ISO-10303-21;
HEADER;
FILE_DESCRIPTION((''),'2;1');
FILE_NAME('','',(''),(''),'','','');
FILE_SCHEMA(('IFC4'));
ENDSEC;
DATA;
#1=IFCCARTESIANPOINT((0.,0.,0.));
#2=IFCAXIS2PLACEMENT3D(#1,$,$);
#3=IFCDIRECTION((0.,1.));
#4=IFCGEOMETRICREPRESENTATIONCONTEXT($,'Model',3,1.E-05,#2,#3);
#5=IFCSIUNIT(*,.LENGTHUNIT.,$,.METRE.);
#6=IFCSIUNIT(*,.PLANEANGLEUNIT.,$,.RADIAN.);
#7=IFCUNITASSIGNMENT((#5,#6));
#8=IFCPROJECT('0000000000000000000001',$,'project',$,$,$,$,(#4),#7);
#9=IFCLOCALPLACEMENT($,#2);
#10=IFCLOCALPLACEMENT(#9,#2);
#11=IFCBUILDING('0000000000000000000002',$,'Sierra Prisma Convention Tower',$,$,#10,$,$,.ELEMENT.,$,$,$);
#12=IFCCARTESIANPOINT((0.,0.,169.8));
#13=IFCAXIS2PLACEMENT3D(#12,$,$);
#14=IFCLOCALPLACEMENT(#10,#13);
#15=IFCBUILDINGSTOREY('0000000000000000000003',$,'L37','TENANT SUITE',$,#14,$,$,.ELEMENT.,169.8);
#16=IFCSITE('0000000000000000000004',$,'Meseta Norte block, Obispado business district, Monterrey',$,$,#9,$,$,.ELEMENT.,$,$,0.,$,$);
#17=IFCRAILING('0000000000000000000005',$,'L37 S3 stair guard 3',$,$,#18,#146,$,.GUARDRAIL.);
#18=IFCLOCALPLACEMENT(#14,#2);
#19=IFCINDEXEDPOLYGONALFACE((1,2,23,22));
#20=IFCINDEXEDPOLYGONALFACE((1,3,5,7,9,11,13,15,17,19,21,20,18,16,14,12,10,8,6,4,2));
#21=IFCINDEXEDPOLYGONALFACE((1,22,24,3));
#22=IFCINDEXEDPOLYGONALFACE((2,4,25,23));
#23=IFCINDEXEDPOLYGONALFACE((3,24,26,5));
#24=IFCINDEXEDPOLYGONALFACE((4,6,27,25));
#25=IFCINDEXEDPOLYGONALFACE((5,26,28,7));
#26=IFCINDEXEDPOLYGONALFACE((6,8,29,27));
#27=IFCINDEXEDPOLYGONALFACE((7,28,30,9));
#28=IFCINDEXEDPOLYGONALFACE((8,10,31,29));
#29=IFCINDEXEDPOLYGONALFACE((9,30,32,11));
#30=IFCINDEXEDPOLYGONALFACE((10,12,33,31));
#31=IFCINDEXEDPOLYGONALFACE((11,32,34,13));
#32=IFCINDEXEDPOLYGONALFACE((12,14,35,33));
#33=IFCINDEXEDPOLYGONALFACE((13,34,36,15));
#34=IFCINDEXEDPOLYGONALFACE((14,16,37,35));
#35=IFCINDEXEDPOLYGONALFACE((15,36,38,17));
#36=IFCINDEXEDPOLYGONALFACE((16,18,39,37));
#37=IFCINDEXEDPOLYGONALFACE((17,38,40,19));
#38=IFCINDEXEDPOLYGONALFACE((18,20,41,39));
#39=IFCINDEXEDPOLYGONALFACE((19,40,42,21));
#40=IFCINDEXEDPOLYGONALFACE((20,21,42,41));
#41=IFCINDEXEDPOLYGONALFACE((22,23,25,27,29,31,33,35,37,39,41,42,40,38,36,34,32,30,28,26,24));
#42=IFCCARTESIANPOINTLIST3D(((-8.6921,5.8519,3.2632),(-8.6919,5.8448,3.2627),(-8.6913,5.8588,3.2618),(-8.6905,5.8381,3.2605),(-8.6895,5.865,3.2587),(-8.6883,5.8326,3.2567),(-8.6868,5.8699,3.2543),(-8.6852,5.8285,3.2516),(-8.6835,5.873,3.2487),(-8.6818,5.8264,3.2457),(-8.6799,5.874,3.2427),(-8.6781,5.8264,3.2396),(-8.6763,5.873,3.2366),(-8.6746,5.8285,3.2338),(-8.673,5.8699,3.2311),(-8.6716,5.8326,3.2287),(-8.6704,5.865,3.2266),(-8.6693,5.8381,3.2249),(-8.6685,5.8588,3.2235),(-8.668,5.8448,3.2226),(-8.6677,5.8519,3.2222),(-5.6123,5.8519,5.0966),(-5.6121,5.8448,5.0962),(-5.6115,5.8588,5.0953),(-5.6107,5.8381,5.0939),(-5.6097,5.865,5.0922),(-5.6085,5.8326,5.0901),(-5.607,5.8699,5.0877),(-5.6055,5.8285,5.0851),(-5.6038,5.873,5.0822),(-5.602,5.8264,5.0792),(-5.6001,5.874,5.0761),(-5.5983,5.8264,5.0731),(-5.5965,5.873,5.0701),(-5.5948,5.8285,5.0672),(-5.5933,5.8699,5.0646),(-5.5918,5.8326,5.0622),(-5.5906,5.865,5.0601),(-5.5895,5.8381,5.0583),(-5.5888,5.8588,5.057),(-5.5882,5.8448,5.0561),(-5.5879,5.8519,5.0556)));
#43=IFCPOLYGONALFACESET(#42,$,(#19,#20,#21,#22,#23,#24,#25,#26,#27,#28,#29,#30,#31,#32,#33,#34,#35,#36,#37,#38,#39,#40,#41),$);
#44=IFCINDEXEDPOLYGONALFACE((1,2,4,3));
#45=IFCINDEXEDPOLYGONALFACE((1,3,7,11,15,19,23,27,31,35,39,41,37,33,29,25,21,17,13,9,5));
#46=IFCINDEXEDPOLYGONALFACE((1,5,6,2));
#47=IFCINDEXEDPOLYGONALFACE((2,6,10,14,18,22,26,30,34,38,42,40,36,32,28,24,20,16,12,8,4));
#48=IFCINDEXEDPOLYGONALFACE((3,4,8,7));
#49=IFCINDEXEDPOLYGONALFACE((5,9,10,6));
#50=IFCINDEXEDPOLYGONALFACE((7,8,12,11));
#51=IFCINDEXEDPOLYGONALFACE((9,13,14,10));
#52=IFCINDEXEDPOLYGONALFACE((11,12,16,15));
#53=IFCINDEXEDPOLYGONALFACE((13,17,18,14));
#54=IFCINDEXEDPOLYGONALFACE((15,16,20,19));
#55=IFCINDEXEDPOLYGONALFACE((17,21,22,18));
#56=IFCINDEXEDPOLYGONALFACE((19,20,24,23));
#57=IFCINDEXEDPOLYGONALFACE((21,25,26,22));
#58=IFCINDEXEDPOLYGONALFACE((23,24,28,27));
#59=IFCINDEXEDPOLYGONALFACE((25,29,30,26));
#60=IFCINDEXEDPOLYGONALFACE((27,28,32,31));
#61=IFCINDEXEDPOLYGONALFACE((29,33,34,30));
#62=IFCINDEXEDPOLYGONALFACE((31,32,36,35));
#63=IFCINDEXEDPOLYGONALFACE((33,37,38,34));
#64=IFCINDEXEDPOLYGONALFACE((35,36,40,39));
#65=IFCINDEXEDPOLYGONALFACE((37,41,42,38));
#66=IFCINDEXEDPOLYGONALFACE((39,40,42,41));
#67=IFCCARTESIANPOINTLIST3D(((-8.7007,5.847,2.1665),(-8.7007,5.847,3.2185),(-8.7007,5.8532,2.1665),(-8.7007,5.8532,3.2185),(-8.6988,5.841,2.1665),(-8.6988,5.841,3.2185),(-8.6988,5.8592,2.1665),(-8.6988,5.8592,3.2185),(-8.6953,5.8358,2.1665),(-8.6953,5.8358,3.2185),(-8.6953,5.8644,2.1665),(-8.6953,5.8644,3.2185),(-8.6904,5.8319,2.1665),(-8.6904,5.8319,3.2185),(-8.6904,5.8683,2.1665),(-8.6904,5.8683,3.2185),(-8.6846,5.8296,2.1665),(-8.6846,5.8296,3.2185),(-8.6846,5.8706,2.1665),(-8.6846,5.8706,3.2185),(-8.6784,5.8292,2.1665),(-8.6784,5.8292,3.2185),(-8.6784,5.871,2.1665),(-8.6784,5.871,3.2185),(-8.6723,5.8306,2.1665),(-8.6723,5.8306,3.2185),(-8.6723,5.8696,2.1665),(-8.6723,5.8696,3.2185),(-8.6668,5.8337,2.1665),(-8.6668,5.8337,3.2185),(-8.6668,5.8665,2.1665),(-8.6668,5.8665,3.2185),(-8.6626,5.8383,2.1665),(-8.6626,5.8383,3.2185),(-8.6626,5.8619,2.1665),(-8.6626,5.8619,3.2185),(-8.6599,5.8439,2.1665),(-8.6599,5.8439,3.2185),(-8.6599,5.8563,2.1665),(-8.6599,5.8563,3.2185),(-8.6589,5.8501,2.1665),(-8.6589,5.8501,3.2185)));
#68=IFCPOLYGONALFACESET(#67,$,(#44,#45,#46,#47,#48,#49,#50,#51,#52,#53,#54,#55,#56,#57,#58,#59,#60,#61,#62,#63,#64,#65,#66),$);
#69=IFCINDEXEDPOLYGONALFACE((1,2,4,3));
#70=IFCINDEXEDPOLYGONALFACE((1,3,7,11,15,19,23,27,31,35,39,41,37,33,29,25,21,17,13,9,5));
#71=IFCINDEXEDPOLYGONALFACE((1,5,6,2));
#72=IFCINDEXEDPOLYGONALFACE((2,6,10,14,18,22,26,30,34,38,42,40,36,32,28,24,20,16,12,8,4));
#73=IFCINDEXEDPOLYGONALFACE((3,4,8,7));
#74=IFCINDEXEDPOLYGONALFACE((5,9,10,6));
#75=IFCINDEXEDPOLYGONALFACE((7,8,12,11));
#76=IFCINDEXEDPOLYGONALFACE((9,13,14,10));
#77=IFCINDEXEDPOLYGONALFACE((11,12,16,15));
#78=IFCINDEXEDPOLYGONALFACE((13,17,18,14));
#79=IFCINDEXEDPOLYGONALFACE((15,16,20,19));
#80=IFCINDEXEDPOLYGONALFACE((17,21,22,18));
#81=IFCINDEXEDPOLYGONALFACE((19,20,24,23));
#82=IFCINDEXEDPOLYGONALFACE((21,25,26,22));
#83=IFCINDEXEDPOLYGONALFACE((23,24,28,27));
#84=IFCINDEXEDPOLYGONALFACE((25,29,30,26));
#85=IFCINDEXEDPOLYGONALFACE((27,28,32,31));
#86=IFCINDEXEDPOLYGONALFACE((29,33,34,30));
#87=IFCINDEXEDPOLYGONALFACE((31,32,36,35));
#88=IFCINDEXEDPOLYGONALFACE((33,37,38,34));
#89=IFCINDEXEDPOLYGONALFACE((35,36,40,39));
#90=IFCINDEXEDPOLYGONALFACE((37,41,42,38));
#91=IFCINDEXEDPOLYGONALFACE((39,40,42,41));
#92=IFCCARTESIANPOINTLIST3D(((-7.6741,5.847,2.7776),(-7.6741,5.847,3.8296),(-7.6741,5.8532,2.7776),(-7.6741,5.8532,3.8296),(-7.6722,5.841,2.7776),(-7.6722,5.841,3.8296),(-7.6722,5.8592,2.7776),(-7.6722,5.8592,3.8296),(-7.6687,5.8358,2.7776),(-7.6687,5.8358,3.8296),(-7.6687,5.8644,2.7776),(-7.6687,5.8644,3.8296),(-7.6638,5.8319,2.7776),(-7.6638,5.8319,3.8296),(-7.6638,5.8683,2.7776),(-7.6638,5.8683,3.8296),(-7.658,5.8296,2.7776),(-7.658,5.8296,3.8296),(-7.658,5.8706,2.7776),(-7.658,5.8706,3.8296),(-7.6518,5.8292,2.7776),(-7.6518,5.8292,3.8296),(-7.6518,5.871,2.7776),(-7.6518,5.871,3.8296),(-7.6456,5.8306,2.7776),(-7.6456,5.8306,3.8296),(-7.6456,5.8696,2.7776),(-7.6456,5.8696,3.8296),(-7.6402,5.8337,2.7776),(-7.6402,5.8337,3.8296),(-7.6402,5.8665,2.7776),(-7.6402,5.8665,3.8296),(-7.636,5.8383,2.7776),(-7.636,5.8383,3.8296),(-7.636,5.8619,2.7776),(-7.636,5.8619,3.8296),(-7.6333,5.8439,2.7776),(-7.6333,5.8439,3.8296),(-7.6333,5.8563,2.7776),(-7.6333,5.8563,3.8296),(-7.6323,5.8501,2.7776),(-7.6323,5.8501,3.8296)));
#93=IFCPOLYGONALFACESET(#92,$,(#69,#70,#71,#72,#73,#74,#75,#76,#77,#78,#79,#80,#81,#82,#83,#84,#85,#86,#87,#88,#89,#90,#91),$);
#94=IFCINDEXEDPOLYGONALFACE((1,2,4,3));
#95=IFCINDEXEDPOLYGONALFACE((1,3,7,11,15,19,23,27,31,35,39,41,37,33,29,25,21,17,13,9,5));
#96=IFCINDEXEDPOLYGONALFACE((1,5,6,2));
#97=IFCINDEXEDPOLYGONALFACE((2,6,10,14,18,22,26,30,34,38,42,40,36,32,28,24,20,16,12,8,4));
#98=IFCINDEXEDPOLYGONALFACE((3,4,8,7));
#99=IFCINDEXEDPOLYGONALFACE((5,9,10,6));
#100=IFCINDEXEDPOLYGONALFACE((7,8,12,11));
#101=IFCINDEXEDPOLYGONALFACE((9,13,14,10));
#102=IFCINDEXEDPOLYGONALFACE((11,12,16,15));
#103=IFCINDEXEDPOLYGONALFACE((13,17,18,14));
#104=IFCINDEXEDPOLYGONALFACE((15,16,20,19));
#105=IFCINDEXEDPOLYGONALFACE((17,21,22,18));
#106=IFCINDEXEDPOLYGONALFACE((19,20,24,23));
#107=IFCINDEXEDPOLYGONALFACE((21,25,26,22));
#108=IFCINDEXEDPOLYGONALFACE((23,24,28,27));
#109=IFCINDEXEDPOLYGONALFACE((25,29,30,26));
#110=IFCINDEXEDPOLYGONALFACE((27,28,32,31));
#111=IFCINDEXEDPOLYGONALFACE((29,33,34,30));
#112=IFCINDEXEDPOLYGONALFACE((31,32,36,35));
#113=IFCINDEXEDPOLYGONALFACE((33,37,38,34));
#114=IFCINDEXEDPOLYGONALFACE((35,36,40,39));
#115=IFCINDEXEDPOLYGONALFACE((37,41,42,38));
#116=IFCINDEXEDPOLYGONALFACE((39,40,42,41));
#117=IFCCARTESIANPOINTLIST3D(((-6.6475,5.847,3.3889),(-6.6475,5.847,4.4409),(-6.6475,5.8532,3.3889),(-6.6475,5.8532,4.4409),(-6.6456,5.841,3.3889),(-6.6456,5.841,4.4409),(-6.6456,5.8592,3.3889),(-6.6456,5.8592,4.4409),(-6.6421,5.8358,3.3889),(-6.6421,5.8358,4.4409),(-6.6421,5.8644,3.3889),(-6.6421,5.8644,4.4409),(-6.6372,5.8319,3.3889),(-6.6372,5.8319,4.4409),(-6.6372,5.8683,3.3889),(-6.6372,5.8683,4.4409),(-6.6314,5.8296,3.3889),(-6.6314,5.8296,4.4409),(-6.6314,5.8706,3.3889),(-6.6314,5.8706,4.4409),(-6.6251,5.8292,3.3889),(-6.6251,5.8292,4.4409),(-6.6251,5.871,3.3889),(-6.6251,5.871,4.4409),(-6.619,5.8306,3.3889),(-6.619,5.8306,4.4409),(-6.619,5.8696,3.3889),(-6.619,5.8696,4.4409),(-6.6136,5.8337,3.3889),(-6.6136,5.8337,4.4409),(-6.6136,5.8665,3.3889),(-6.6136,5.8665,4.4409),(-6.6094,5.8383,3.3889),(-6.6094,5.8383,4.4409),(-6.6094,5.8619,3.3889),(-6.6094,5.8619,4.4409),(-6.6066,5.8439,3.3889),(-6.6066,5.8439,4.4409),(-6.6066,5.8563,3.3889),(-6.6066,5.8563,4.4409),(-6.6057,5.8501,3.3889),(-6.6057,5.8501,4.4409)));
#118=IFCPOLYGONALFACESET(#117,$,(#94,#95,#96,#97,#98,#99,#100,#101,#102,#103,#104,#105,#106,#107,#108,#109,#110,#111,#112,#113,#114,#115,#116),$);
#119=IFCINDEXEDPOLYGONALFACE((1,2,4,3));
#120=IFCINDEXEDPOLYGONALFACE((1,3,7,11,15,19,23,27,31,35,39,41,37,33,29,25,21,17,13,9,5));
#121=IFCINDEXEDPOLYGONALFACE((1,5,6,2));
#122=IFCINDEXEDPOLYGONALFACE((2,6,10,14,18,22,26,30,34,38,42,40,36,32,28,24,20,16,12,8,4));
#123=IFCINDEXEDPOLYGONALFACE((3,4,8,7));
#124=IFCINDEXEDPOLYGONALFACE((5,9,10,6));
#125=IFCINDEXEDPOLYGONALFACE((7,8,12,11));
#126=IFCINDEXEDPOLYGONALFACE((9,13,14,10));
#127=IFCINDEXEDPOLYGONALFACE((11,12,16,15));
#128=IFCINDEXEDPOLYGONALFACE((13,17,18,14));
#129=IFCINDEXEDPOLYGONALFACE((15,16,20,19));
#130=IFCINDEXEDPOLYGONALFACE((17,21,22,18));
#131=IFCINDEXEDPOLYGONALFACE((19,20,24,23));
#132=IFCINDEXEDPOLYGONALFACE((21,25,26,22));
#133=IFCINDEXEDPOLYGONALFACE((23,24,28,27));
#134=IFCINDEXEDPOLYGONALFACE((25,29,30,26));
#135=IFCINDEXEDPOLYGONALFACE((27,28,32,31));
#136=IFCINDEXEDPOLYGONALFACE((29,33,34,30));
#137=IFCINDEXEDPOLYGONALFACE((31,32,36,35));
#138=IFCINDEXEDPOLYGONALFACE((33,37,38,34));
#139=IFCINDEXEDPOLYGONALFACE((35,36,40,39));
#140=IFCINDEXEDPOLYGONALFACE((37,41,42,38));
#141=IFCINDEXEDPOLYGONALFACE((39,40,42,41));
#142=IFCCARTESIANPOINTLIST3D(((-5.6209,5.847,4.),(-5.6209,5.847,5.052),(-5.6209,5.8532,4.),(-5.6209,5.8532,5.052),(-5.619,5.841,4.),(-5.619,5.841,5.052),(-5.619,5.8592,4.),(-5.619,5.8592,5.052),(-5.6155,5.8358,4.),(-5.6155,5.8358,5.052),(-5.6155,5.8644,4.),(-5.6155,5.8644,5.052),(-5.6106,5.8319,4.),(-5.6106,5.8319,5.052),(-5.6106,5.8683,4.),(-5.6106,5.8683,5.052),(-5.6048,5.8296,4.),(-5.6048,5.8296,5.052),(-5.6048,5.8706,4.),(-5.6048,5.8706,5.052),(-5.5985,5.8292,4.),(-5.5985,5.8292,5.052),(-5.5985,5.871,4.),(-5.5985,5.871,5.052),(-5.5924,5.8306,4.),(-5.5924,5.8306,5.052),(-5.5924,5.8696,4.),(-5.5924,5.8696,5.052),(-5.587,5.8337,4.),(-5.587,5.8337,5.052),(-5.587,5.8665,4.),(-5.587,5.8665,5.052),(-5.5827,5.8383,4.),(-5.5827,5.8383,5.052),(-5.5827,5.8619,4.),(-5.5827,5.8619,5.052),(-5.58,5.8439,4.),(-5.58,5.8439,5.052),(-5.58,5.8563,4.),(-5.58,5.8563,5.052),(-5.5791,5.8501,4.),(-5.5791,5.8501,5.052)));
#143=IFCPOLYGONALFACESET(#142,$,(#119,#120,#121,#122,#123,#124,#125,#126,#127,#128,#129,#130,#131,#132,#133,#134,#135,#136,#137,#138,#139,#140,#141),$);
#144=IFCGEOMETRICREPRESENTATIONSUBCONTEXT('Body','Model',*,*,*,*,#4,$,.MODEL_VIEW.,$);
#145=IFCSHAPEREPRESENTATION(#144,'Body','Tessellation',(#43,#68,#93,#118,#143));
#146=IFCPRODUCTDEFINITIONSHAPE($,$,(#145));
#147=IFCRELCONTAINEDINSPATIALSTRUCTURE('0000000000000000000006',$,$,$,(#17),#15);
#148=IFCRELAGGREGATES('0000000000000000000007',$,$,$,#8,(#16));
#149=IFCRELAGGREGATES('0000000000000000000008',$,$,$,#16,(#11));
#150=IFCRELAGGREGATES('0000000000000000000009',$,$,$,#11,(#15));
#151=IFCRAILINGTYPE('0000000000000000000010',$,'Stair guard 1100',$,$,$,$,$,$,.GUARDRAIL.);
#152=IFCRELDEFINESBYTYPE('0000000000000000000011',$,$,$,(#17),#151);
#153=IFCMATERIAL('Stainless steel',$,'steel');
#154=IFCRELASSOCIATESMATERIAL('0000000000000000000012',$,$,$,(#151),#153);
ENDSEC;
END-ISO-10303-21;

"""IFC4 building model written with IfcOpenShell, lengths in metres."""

from ifc_helpers import new_model, si_unit, direction, frame, origin, origin_2d, place, context, subcontext, project, spatial, circle, extrude, material, type_object, element, save


model = new_model("IFC4")

# Units and contexts
model_context = context("Model", 3, precision=1e-05, world=origin(), true_north=direction((0.0, 1.0)))
body_context = subcontext(model_context, "Body", "Model", "MODEL_VIEW")
ifc_project = project(units=[si_unit("LENGTHUNIT", "METRE"), si_unit("PLANEANGLEUNIT", "RADIAN")], contexts=[model_context])

# Site, building, storey
site_placement = place(None, origin())
site = spatial("IfcSite", under=ifc_project, at=site_placement, Name="Meseta Norte block, Obispado business district, Monterrey", CompositionType="ELEMENT", RefElevation=0.0)
building_placement = place(site_placement, origin())
building = spatial("IfcBuilding", under=site, at=building_placement, Name="Sierra Prisma Convention Tower", CompositionType="ELEMENT")
storey_placement = place(building_placement, frame((0.0, 0.0, 169.8)))
storey = spatial("IfcBuildingStorey", under=building, at=storey_placement, Name="L37", Description="TENANT SUITE", CompositionType="ELEMENT", Elevation=169.8)

# Railing
ifc_material_1 = material(Name="Stainless steel", Category="steel")
railing_type_1 = type_object("IfcRailingType", Name="Stair guard 1100", PredefinedType="GUARDRAIL", material=ifc_material_1)
railing_1_placement = place(storey_placement, frame((-8.6799, 5.8501, 2.1665)))
element("IfcRailing", 1, at=railing_1_placement, inside=storey, type_object=railing_type_1, Name="L37 S3 stair guard 3", PredefinedType="GUARDRAIL", context=body_context, shape_type="SweptSolid", body=[
    extrude(circle(Radius=0.0239, at=origin_2d()), frame((0.0, 0.0, 1.0762), z_axis=(0.859261, 0.0, 0.511538), x_axis=(0.0, 1.0, 0.0)), (0.0, 0.0, 1.0), 3.5842),
    extrude(circle(Radius=0.021, at=origin_2d()), origin(), (0.0, 0.0, 1.0), 1.052),
    extrude(circle(Radius=0.021, at=origin_2d()), frame((1.0266, 0.0, 0.6111)), (0.0, 0.0, 1.0), 1.052),
    extrude(circle(Radius=0.021, at=origin_2d()), frame((2.0532, 0.0, 1.2224)), (0.0, 0.0, 1.0), 1.052),
    extrude(circle(Radius=0.021, at=origin_2d()), frame((3.0798, 0.0, 1.8335)), (0.0, 0.0, 1.0), 1.052),
])

save(model, "model.ifc")
